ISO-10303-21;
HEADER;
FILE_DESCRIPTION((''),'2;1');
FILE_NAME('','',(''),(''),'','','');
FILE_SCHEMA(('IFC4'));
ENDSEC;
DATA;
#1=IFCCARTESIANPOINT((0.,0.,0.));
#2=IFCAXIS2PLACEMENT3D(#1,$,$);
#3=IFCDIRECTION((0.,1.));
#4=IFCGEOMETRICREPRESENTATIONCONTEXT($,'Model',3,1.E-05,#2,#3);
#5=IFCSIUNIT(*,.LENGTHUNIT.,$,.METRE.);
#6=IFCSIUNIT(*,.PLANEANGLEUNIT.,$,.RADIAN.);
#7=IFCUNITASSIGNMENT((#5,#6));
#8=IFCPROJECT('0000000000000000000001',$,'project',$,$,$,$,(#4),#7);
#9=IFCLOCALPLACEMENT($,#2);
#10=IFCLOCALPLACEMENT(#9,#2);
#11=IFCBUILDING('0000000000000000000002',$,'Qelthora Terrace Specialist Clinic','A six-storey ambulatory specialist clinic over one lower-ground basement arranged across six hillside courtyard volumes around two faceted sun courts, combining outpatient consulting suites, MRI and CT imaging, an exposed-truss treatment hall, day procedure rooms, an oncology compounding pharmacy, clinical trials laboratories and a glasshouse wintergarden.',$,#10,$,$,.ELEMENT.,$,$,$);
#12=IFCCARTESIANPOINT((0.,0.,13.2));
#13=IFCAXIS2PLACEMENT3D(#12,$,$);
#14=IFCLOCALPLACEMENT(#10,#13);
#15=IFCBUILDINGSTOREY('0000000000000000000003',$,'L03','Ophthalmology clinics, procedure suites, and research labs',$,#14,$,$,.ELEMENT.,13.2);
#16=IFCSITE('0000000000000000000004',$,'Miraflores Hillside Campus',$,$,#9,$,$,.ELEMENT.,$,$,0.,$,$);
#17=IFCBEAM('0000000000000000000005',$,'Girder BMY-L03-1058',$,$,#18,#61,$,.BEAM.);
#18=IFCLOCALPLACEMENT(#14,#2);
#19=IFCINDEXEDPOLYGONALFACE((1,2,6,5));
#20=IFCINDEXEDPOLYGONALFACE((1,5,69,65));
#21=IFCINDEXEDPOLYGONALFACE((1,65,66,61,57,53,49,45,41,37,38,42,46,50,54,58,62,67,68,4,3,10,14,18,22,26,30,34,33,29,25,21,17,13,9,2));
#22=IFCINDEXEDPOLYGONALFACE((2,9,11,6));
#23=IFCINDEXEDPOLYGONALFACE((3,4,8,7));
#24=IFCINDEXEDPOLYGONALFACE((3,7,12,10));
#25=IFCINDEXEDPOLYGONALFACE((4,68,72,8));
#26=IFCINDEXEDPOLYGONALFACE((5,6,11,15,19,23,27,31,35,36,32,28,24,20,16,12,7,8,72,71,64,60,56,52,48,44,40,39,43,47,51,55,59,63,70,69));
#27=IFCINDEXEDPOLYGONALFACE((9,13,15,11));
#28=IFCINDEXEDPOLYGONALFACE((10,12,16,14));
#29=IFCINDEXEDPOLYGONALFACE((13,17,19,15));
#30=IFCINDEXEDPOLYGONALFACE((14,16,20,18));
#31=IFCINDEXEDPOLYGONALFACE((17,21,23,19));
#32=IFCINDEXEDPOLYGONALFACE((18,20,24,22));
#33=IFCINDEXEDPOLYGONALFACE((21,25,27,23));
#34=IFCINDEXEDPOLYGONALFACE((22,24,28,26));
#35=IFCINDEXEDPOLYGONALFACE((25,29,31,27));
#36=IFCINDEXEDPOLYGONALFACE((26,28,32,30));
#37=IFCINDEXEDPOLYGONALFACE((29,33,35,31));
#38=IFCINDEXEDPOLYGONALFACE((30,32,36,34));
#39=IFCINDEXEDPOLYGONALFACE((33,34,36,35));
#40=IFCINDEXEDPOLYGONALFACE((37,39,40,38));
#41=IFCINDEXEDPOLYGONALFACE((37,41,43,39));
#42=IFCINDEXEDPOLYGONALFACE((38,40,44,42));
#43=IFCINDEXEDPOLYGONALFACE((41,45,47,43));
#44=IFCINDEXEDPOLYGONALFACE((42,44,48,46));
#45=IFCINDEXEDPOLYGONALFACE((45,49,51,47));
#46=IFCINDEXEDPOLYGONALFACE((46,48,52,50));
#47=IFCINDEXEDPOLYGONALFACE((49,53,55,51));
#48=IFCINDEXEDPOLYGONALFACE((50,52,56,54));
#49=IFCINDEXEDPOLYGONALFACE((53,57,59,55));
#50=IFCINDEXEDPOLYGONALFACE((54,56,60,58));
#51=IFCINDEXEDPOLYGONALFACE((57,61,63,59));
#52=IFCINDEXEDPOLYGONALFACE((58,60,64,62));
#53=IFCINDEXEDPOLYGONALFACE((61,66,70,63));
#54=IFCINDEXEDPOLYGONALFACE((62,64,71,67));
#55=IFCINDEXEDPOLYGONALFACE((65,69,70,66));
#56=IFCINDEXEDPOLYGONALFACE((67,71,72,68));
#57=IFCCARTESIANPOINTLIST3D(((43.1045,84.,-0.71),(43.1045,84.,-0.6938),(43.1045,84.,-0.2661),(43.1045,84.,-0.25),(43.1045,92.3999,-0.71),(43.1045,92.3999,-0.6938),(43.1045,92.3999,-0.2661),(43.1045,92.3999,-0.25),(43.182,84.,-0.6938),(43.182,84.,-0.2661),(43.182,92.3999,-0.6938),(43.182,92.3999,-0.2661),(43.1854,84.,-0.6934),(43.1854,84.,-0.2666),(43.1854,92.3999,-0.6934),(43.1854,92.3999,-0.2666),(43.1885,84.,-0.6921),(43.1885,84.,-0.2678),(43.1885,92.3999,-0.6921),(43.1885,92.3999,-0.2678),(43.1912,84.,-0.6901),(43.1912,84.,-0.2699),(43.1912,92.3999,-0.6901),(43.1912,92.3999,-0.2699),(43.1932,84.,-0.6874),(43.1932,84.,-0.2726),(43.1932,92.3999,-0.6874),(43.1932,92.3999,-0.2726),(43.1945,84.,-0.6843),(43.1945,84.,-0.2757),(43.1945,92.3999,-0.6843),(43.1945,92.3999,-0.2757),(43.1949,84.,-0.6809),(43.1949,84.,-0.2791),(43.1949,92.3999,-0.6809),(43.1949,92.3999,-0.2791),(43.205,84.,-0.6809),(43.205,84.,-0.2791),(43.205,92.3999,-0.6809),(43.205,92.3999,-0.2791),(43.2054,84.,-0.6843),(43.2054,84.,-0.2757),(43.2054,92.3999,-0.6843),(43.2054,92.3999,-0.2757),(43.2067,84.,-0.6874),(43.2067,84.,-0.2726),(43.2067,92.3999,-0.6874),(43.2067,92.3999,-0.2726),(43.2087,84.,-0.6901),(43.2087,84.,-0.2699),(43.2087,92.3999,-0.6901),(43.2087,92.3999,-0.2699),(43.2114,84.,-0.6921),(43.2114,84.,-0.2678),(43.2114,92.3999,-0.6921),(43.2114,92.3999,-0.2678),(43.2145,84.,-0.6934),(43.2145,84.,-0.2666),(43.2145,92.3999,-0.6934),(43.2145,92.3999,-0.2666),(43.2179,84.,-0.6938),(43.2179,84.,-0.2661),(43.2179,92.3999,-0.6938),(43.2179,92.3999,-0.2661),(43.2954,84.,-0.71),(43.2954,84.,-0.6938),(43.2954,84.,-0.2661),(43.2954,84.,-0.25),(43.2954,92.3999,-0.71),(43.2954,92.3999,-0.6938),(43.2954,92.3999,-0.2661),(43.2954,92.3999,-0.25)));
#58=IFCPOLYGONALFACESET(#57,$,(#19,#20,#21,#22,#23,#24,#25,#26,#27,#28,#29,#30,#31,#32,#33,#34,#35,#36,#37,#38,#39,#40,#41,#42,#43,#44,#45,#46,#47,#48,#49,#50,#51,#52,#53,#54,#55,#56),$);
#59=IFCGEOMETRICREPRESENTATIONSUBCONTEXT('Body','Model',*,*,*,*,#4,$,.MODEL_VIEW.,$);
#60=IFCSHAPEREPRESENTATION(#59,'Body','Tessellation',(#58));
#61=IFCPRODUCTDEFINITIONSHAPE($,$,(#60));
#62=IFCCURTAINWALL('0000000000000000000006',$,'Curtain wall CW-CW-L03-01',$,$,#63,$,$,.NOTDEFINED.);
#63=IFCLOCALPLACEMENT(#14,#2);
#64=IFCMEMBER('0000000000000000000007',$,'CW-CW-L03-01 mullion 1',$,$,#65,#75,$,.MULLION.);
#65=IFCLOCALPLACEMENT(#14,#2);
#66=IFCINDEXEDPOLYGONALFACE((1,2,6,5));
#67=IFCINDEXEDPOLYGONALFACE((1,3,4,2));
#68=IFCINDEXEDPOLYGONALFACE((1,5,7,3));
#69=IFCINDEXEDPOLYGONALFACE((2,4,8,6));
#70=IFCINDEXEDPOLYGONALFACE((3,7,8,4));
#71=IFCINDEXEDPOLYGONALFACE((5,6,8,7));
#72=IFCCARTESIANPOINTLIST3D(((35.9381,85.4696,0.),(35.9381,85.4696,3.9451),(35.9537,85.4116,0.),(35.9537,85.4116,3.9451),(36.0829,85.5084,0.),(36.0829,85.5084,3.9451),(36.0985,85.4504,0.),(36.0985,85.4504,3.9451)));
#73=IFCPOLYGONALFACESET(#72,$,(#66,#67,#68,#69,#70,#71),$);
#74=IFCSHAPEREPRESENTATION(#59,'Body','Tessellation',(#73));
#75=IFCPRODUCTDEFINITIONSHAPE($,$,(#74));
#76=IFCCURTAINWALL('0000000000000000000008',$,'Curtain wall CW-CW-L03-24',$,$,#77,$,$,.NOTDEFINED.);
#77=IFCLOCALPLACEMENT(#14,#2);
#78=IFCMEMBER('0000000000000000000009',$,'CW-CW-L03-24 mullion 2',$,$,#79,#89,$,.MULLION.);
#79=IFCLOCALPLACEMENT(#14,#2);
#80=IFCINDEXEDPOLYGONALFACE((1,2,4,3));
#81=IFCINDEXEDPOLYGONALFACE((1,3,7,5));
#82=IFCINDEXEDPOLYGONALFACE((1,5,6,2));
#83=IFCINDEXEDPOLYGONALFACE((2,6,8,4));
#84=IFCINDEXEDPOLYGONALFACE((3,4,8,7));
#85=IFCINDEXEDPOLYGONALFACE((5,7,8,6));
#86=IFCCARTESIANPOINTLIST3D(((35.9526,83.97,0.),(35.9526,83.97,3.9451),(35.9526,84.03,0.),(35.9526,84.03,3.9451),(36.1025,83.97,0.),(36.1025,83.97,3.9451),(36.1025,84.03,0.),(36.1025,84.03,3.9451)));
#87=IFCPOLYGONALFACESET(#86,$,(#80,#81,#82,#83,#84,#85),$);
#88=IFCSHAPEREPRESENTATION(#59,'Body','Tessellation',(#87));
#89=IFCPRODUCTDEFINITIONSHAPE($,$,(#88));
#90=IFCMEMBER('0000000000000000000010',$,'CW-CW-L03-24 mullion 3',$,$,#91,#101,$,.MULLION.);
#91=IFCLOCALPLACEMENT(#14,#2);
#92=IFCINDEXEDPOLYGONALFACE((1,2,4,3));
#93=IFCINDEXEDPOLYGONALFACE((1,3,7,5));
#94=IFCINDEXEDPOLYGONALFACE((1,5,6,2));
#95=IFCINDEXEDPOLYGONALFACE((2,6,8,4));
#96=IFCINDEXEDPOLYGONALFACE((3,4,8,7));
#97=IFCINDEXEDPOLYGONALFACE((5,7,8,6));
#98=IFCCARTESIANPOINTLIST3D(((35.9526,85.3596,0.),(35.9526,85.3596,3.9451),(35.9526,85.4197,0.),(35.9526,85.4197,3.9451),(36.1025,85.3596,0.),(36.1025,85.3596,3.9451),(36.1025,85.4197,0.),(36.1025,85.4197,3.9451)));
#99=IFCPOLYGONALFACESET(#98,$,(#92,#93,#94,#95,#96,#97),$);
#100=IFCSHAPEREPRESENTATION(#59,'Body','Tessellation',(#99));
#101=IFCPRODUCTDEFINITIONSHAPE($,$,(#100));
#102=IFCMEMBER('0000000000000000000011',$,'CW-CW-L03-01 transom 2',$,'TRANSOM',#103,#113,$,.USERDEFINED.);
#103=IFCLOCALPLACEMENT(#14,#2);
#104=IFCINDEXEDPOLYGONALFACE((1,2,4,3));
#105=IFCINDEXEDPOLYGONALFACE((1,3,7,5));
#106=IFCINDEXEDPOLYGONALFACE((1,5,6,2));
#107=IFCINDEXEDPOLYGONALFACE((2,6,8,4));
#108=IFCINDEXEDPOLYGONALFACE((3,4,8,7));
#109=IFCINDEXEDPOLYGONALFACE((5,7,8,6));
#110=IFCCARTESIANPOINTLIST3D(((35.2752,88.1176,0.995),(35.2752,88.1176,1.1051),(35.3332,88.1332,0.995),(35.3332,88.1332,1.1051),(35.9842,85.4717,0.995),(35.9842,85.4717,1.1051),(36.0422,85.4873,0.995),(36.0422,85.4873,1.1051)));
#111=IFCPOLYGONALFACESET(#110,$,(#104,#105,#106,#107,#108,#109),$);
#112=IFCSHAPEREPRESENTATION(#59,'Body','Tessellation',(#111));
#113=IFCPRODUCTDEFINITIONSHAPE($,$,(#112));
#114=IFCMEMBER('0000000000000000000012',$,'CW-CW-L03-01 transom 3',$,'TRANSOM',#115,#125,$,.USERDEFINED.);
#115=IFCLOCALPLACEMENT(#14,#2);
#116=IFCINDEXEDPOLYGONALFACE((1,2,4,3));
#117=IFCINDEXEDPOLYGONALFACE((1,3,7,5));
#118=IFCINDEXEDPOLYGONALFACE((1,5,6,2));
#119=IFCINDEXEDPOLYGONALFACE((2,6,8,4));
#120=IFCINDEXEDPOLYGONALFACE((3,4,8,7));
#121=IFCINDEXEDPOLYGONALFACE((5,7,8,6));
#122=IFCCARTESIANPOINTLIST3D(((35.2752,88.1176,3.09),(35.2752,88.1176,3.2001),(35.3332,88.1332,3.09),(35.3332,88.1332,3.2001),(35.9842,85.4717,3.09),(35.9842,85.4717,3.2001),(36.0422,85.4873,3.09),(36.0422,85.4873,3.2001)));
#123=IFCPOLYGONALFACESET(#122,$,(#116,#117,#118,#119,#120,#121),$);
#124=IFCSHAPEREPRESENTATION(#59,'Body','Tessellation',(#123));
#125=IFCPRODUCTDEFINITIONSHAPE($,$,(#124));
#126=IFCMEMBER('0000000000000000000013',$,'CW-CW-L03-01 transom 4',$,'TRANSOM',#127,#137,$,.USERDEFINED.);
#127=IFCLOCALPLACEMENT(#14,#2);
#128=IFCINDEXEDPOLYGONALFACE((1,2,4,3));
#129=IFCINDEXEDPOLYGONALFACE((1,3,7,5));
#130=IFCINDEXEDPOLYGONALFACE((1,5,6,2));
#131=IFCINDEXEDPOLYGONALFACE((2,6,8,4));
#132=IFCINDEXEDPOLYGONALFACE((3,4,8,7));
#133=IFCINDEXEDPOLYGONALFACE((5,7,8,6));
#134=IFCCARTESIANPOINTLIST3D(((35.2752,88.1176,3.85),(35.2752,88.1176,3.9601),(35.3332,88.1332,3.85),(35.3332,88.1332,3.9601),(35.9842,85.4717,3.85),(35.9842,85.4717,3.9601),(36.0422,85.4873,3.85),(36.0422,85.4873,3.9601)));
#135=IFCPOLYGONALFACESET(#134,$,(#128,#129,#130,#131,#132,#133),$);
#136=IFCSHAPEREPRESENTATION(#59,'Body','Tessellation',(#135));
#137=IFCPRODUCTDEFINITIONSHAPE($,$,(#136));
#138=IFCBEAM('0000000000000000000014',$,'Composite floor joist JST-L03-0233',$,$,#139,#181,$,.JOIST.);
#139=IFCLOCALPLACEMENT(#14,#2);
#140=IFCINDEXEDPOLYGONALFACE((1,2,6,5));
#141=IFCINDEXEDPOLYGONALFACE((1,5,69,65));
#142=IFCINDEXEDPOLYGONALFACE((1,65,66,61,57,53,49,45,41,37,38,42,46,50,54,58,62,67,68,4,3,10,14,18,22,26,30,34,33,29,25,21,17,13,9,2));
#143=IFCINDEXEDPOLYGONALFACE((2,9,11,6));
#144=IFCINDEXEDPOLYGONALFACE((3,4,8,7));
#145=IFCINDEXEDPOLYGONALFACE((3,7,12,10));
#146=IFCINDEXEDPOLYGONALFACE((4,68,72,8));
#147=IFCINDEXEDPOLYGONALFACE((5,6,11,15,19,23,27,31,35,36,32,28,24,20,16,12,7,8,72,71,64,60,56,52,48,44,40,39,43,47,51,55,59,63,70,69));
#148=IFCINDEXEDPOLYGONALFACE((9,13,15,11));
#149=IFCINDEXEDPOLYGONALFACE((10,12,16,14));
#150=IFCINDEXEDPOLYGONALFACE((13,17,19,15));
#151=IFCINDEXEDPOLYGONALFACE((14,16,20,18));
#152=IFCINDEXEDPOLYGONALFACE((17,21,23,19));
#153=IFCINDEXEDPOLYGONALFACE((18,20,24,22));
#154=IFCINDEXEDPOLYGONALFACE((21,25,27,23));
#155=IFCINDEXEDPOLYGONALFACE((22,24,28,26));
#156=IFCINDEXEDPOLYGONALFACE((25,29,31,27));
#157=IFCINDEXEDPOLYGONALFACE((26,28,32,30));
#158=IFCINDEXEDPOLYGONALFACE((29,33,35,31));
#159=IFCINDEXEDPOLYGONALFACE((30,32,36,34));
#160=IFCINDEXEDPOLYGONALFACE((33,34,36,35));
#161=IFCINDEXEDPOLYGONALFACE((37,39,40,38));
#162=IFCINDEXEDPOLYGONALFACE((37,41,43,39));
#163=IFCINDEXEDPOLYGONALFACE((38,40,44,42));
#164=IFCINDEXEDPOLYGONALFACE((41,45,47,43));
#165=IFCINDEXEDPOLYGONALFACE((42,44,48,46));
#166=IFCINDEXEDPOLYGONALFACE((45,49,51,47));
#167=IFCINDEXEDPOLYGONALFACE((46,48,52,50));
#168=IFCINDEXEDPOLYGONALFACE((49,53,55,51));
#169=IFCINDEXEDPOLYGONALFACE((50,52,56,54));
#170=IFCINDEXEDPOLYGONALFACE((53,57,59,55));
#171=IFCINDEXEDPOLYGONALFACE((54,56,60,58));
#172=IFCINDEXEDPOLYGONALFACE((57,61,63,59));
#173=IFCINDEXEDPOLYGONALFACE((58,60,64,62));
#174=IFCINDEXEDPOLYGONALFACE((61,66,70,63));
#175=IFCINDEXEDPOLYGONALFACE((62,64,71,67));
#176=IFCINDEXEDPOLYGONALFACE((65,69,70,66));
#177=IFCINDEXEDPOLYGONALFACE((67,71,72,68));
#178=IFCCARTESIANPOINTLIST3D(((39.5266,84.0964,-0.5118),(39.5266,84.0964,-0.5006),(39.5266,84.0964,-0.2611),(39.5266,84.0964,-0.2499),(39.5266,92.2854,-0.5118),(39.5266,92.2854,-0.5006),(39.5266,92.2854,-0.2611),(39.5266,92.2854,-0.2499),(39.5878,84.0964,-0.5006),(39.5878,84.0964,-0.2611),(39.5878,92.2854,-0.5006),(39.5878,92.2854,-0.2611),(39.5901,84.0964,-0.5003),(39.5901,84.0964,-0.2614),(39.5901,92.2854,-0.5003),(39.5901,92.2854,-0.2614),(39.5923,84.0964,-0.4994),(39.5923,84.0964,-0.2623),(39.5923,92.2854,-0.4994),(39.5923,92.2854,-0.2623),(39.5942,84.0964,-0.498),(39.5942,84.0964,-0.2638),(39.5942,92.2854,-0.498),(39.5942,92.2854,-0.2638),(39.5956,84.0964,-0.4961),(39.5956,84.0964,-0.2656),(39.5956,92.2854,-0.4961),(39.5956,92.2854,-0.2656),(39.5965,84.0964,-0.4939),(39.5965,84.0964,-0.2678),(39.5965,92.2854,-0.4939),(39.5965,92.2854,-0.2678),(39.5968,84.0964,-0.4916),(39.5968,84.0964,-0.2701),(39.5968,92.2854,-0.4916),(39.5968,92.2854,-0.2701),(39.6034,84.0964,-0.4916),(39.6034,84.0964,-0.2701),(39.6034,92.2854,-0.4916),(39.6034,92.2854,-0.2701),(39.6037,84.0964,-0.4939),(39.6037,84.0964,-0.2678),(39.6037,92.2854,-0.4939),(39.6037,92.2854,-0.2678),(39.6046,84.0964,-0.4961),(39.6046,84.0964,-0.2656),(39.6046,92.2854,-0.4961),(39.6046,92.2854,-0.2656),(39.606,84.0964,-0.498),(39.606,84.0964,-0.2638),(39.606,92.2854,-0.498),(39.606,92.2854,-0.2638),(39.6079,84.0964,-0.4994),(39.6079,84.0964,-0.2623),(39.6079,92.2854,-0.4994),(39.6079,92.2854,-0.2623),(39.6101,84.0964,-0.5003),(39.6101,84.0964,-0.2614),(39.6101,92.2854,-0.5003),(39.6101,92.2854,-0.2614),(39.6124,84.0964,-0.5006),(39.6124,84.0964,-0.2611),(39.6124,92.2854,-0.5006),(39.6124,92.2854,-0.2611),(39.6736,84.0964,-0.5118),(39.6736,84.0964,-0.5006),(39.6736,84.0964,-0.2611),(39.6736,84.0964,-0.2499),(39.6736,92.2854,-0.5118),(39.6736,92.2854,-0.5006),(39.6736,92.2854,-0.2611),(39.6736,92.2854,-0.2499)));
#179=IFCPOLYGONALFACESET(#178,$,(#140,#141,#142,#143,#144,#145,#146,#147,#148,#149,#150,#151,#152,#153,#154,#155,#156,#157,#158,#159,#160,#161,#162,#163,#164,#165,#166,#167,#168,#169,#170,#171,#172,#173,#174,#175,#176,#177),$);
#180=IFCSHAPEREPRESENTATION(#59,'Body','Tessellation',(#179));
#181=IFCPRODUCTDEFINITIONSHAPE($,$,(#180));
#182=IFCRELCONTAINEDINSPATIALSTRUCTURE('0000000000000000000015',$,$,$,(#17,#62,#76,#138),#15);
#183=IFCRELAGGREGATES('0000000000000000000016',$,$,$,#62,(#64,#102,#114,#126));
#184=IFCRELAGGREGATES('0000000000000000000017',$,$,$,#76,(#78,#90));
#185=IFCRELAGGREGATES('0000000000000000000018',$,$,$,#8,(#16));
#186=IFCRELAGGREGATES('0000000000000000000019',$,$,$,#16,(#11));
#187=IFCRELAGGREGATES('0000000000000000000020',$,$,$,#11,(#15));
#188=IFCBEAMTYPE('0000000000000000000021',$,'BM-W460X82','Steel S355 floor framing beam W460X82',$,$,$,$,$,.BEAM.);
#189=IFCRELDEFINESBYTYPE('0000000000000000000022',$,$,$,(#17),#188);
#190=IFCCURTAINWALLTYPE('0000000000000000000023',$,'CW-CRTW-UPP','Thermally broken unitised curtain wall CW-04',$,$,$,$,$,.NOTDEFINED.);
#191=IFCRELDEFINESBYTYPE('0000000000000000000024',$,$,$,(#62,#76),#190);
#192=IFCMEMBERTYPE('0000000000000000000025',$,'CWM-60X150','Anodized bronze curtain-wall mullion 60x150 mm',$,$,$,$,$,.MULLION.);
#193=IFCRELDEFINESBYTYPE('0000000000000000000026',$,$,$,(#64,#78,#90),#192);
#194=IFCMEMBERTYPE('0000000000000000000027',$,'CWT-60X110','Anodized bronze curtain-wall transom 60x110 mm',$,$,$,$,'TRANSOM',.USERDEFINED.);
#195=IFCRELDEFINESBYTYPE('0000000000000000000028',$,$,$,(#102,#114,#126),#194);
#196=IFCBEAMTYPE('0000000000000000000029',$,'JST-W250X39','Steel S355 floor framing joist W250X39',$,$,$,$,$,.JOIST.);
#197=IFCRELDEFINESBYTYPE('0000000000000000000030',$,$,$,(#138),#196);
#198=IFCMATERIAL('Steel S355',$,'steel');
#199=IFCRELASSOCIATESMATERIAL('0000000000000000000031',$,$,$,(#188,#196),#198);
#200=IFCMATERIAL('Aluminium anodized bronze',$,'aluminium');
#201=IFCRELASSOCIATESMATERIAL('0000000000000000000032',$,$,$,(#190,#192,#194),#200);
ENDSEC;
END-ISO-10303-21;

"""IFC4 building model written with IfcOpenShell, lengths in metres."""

from ifc_helpers import new_model, si_unit, direction, frame, origin, origin_2d, place, context, subcontext, project, spatial, rectangle, i_section, extrude, material, material_profile, profile_set, type_object, element, aggregate, save


model = new_model("IFC4")

# Units and contexts
model_context = context("Model", 3, precision=1e-05, world=origin(), true_north=direction((0.0, 1.0)))
body_context = subcontext(model_context, "Body", "Model", "MODEL_VIEW")
ifc_project = project(units=[si_unit("LENGTHUNIT", "METRE"), si_unit("PLANEANGLEUNIT", "RADIAN")], contexts=[model_context])

# Site, building, storey
site_placement = place(None, origin())
site = spatial("IfcSite", under=ifc_project, at=site_placement, Name="Miraflores Hillside Campus", CompositionType="ELEMENT", RefElevation=0.0)
building_placement = place(site_placement, origin())
building = spatial("IfcBuilding", under=site, at=building_placement, Name="Qelthora Terrace Specialist Clinic", Description="A six-storey ambulatory specialist clinic over one lower-ground basement arranged across six hillside courtyard volumes around two faceted sun courts, combining outpatient consulting suites, MRI and CT imaging, an exposed-truss treatment hall, day procedure rooms, an oncology compounding pharmacy, clinical trials laboratories and a glasshouse wintergarden.", CompositionType="ELEMENT")
storey_placement = place(building_placement, frame((0.0, 0.0, 13.2)))
storey = spatial("IfcBuildingStorey", under=building, at=storey_placement, Name="L03", Description="Ophthalmology clinics, procedure suites, and research labs", CompositionType="ELEMENT", Elevation=13.2)

# Shared definitions
ifc_material_1 = material(Name="Steel S355", Category="steel")

# Beam
ifc_material_profile_1 = material_profile(ifc_material_1, i_section(OverallWidth=0.1909, OverallDepth=0.46, WebThickness=0.01, FlangeThickness=0.0161, FilletRadius=0.0129, at=origin_2d()), Name="W460X82")
ifc_profile_set_1 = profile_set([ifc_material_profile_1], Name="Steel S355")
beam_type_1 = type_object("IfcBeamType", Name="BM-W460X82", Description="Steel S355 floor framing beam W460X82", PredefinedType="BEAM", material=ifc_profile_set_1)
beam_1_placement = place(storey_placement, frame((43.2, 84.0, -0.48), z_axis=(0.0, 1.0, 0.0), x_axis=(-1.0, 0.0, 0.0)))
element("IfcBeam", 1, at=beam_1_placement, inside=storey, type_object=beam_type_1, Name="Girder BMY-L03-1058", PredefinedType="BEAM", context=body_context, shape_type="SweptSolid", body=[
    extrude(i_section(OverallWidth=0.1909, OverallDepth=0.46, WebThickness=0.01, FlangeThickness=0.0161, FilletRadius=0.0129, at=origin_2d()), origin(), (0.0, 0.0, 1.0), 8.3999),
])

# Curtain wall, member
ifc_material_2 = material(Name="Aluminium anodized bronze", Category="aluminium")
curtain_wall_type = type_object("IfcCurtainWallType", Name="CW-CRTW-UPP", Description="Thermally broken unitised curtain wall CW-04", PredefinedType="NOTDEFINED", material=ifc_material_2)
curtain_wall_1_placement = place(storey_placement, origin())
curtain_wall_1 = element("IfcCurtainWall", 2, at=curtain_wall_1_placement, inside=storey, type_object=curtain_wall_type, Name="Curtain wall CW-CW-L03-01", PredefinedType="NOTDEFINED")
ifc_material_profile_2 = material_profile(ifc_material_2, rectangle(XDim=0.0601, YDim=0.1499, at=origin_2d()), Name="CWM60X150")
ifc_profile_set_2 = profile_set([ifc_material_profile_2], Name="Aluminium anodized bronze")
member_type_1 = type_object("IfcMemberType", Name="CWM-60X150", Description="Anodized bronze curtain-wall mullion 60x150 mm", PredefinedType="MULLION", material=ifc_profile_set_2)
member_1_placement = place(storey_placement, frame((36.0183, 85.46, 0.0), z_axis=(0.0, 0.0, 1.0), x_axis=(-0.25882, 0.965925, 0.0)))
member_1 = element("IfcMember", 3, at=member_1_placement, type_object=member_type_1, Name="CW-CW-L03-01 mullion 1", PredefinedType="MULLION", context=body_context, shape_type="SweptSolid", body=[
    extrude(rectangle(XDim=0.0601, YDim=0.1499, at=origin_2d()), origin(), (0.0, 0.0, 1.0), 3.9451),
])

# Curtain wall, members
curtain_wall_2_placement = place(storey_placement, origin())
curtain_wall_2 = element("IfcCurtainWall", 4, at=curtain_wall_2_placement, inside=storey, type_object=curtain_wall_type, Name="Curtain wall CW-CW-L03-24", PredefinedType="NOTDEFINED")
member_2_placement = place(storey_placement, frame((36.0276, 84.0, 0.0), z_axis=(0.0, 0.0, 1.0), x_axis=(0.0, 1.0, 0.0)))
member_2 = element("IfcMember", 5, at=member_2_placement, type_object=member_type_1, Name="CW-CW-L03-24 mullion 2", PredefinedType="MULLION", context=body_context, shape_type="SweptSolid", body=[
    extrude(rectangle(XDim=0.0601, YDim=0.1499, at=origin_2d()), origin(), (0.0, 0.0, 1.0), 3.9451),
])
member_3_placement = place(storey_placement, frame((36.0276, 85.3896, 0.0), z_axis=(0.0, 0.0, 1.0), x_axis=(0.0, 1.0, 0.0)))
member_3 = element("IfcMember", 6, at=member_3_placement, type_object=member_type_1, Name="CW-CW-L03-24 mullion 3", PredefinedType="MULLION", context=body_context, shape_type="SweptSolid", body=[
    extrude(rectangle(XDim=0.0601, YDim=0.1499, at=origin_2d()), origin(), (0.0, 0.0, 1.0), 3.9451),
])

# Members
ifc_material_profile_3 = material_profile(ifc_material_2, rectangle(XDim=0.0601, YDim=0.1101, at=origin_2d()), Name="CWT60X110")
ifc_profile_set_3 = profile_set([ifc_material_profile_3], Name="Aluminium anodized bronze")
member_type_2 = type_object("IfcMemberType", Name="CWT-60X110", Description="Anodized bronze curtain-wall transom 60x110 mm", ElementType="TRANSOM", PredefinedType="USERDEFINED", material=ifc_profile_set_3)
member_4_placement = place(storey_placement, frame((36.0132, 85.4795, 1.05), z_axis=(-0.258816, 0.965927, 0.0), x_axis=(-0.965927, -0.258816, 0.0)))
member_4 = element("IfcMember", 7, at=member_4_placement, type_object=member_type_2, Name="CW-CW-L03-01 transom 2", ObjectType="TRANSOM", PredefinedType="USERDEFINED", context=body_context, shape_type="SweptSolid", body=[
    extrude(rectangle(XDim=0.0601, YDim=0.1101, at=origin_2d()), origin(), (0.0, 0.0, 1.0), 2.7393),
])
member_5_placement = place(storey_placement, frame((36.0132, 85.4795, 3.145), z_axis=(-0.258816, 0.965927, 0.0), x_axis=(-0.965927, -0.258816, 0.0)))
member_5 = element("IfcMember", 8, at=member_5_placement, type_object=member_type_2, Name="CW-CW-L03-01 transom 3", ObjectType="TRANSOM", PredefinedType="USERDEFINED", context=body_context, shape_type="SweptSolid", body=[
    extrude(rectangle(XDim=0.0601, YDim=0.1101, at=origin_2d()), origin(), (0.0, 0.0, 1.0), 2.7393),
])
member_6_placement = place(storey_placement, frame((36.0132, 85.4795, 3.905), z_axis=(-0.258816, 0.965927, 0.0), x_axis=(-0.965927, -0.258816, 0.0)))
member_6 = element("IfcMember", 9, at=member_6_placement, type_object=member_type_2, Name="CW-CW-L03-01 transom 4", ObjectType="TRANSOM", PredefinedType="USERDEFINED", context=body_context, shape_type="SweptSolid", body=[
    extrude(rectangle(XDim=0.0601, YDim=0.1101, at=origin_2d()), origin(), (0.0, 0.0, 1.0), 2.7393),
])
aggregate(curtain_wall_1, [member_1, member_4, member_5, member_6])

# Beam
ifc_material_profile_4 = material_profile(ifc_material_1, i_section(OverallWidth=0.147, OverallDepth=0.262, WebThickness=0.0066, FlangeThickness=0.0112, FilletRadius=0.009, at=origin_2d()), Name="W250X39")
ifc_profile_set_4 = profile_set([ifc_material_profile_4], Name="Steel S355")
beam_type_2 = type_object("IfcBeamType", Name="JST-W250X39", Description="Steel S355 floor framing joist W250X39", PredefinedType="JOIST", material=ifc_profile_set_4)
beam_2_placement = place(storey_placement, frame((39.6001, 84.0964, -0.3809), z_axis=(0.0, 1.0, 0.0), x_axis=(-1.0, 0.0, 0.0)))
element("IfcBeam", 10, at=beam_2_placement, inside=storey, type_object=beam_type_2, Name="Composite floor joist JST-L03-0233", PredefinedType="JOIST", context=body_context, shape_type="SweptSolid", body=[
    extrude(i_section(OverallWidth=0.147, OverallDepth=0.262, WebThickness=0.0066, FlangeThickness=0.0112, FilletRadius=0.009, at=origin_2d()), origin(), (0.0, 0.0, 1.0), 8.189),
])

aggregate(curtain_wall_2, [member_2, member_3])

save(model, "model.ifc")
